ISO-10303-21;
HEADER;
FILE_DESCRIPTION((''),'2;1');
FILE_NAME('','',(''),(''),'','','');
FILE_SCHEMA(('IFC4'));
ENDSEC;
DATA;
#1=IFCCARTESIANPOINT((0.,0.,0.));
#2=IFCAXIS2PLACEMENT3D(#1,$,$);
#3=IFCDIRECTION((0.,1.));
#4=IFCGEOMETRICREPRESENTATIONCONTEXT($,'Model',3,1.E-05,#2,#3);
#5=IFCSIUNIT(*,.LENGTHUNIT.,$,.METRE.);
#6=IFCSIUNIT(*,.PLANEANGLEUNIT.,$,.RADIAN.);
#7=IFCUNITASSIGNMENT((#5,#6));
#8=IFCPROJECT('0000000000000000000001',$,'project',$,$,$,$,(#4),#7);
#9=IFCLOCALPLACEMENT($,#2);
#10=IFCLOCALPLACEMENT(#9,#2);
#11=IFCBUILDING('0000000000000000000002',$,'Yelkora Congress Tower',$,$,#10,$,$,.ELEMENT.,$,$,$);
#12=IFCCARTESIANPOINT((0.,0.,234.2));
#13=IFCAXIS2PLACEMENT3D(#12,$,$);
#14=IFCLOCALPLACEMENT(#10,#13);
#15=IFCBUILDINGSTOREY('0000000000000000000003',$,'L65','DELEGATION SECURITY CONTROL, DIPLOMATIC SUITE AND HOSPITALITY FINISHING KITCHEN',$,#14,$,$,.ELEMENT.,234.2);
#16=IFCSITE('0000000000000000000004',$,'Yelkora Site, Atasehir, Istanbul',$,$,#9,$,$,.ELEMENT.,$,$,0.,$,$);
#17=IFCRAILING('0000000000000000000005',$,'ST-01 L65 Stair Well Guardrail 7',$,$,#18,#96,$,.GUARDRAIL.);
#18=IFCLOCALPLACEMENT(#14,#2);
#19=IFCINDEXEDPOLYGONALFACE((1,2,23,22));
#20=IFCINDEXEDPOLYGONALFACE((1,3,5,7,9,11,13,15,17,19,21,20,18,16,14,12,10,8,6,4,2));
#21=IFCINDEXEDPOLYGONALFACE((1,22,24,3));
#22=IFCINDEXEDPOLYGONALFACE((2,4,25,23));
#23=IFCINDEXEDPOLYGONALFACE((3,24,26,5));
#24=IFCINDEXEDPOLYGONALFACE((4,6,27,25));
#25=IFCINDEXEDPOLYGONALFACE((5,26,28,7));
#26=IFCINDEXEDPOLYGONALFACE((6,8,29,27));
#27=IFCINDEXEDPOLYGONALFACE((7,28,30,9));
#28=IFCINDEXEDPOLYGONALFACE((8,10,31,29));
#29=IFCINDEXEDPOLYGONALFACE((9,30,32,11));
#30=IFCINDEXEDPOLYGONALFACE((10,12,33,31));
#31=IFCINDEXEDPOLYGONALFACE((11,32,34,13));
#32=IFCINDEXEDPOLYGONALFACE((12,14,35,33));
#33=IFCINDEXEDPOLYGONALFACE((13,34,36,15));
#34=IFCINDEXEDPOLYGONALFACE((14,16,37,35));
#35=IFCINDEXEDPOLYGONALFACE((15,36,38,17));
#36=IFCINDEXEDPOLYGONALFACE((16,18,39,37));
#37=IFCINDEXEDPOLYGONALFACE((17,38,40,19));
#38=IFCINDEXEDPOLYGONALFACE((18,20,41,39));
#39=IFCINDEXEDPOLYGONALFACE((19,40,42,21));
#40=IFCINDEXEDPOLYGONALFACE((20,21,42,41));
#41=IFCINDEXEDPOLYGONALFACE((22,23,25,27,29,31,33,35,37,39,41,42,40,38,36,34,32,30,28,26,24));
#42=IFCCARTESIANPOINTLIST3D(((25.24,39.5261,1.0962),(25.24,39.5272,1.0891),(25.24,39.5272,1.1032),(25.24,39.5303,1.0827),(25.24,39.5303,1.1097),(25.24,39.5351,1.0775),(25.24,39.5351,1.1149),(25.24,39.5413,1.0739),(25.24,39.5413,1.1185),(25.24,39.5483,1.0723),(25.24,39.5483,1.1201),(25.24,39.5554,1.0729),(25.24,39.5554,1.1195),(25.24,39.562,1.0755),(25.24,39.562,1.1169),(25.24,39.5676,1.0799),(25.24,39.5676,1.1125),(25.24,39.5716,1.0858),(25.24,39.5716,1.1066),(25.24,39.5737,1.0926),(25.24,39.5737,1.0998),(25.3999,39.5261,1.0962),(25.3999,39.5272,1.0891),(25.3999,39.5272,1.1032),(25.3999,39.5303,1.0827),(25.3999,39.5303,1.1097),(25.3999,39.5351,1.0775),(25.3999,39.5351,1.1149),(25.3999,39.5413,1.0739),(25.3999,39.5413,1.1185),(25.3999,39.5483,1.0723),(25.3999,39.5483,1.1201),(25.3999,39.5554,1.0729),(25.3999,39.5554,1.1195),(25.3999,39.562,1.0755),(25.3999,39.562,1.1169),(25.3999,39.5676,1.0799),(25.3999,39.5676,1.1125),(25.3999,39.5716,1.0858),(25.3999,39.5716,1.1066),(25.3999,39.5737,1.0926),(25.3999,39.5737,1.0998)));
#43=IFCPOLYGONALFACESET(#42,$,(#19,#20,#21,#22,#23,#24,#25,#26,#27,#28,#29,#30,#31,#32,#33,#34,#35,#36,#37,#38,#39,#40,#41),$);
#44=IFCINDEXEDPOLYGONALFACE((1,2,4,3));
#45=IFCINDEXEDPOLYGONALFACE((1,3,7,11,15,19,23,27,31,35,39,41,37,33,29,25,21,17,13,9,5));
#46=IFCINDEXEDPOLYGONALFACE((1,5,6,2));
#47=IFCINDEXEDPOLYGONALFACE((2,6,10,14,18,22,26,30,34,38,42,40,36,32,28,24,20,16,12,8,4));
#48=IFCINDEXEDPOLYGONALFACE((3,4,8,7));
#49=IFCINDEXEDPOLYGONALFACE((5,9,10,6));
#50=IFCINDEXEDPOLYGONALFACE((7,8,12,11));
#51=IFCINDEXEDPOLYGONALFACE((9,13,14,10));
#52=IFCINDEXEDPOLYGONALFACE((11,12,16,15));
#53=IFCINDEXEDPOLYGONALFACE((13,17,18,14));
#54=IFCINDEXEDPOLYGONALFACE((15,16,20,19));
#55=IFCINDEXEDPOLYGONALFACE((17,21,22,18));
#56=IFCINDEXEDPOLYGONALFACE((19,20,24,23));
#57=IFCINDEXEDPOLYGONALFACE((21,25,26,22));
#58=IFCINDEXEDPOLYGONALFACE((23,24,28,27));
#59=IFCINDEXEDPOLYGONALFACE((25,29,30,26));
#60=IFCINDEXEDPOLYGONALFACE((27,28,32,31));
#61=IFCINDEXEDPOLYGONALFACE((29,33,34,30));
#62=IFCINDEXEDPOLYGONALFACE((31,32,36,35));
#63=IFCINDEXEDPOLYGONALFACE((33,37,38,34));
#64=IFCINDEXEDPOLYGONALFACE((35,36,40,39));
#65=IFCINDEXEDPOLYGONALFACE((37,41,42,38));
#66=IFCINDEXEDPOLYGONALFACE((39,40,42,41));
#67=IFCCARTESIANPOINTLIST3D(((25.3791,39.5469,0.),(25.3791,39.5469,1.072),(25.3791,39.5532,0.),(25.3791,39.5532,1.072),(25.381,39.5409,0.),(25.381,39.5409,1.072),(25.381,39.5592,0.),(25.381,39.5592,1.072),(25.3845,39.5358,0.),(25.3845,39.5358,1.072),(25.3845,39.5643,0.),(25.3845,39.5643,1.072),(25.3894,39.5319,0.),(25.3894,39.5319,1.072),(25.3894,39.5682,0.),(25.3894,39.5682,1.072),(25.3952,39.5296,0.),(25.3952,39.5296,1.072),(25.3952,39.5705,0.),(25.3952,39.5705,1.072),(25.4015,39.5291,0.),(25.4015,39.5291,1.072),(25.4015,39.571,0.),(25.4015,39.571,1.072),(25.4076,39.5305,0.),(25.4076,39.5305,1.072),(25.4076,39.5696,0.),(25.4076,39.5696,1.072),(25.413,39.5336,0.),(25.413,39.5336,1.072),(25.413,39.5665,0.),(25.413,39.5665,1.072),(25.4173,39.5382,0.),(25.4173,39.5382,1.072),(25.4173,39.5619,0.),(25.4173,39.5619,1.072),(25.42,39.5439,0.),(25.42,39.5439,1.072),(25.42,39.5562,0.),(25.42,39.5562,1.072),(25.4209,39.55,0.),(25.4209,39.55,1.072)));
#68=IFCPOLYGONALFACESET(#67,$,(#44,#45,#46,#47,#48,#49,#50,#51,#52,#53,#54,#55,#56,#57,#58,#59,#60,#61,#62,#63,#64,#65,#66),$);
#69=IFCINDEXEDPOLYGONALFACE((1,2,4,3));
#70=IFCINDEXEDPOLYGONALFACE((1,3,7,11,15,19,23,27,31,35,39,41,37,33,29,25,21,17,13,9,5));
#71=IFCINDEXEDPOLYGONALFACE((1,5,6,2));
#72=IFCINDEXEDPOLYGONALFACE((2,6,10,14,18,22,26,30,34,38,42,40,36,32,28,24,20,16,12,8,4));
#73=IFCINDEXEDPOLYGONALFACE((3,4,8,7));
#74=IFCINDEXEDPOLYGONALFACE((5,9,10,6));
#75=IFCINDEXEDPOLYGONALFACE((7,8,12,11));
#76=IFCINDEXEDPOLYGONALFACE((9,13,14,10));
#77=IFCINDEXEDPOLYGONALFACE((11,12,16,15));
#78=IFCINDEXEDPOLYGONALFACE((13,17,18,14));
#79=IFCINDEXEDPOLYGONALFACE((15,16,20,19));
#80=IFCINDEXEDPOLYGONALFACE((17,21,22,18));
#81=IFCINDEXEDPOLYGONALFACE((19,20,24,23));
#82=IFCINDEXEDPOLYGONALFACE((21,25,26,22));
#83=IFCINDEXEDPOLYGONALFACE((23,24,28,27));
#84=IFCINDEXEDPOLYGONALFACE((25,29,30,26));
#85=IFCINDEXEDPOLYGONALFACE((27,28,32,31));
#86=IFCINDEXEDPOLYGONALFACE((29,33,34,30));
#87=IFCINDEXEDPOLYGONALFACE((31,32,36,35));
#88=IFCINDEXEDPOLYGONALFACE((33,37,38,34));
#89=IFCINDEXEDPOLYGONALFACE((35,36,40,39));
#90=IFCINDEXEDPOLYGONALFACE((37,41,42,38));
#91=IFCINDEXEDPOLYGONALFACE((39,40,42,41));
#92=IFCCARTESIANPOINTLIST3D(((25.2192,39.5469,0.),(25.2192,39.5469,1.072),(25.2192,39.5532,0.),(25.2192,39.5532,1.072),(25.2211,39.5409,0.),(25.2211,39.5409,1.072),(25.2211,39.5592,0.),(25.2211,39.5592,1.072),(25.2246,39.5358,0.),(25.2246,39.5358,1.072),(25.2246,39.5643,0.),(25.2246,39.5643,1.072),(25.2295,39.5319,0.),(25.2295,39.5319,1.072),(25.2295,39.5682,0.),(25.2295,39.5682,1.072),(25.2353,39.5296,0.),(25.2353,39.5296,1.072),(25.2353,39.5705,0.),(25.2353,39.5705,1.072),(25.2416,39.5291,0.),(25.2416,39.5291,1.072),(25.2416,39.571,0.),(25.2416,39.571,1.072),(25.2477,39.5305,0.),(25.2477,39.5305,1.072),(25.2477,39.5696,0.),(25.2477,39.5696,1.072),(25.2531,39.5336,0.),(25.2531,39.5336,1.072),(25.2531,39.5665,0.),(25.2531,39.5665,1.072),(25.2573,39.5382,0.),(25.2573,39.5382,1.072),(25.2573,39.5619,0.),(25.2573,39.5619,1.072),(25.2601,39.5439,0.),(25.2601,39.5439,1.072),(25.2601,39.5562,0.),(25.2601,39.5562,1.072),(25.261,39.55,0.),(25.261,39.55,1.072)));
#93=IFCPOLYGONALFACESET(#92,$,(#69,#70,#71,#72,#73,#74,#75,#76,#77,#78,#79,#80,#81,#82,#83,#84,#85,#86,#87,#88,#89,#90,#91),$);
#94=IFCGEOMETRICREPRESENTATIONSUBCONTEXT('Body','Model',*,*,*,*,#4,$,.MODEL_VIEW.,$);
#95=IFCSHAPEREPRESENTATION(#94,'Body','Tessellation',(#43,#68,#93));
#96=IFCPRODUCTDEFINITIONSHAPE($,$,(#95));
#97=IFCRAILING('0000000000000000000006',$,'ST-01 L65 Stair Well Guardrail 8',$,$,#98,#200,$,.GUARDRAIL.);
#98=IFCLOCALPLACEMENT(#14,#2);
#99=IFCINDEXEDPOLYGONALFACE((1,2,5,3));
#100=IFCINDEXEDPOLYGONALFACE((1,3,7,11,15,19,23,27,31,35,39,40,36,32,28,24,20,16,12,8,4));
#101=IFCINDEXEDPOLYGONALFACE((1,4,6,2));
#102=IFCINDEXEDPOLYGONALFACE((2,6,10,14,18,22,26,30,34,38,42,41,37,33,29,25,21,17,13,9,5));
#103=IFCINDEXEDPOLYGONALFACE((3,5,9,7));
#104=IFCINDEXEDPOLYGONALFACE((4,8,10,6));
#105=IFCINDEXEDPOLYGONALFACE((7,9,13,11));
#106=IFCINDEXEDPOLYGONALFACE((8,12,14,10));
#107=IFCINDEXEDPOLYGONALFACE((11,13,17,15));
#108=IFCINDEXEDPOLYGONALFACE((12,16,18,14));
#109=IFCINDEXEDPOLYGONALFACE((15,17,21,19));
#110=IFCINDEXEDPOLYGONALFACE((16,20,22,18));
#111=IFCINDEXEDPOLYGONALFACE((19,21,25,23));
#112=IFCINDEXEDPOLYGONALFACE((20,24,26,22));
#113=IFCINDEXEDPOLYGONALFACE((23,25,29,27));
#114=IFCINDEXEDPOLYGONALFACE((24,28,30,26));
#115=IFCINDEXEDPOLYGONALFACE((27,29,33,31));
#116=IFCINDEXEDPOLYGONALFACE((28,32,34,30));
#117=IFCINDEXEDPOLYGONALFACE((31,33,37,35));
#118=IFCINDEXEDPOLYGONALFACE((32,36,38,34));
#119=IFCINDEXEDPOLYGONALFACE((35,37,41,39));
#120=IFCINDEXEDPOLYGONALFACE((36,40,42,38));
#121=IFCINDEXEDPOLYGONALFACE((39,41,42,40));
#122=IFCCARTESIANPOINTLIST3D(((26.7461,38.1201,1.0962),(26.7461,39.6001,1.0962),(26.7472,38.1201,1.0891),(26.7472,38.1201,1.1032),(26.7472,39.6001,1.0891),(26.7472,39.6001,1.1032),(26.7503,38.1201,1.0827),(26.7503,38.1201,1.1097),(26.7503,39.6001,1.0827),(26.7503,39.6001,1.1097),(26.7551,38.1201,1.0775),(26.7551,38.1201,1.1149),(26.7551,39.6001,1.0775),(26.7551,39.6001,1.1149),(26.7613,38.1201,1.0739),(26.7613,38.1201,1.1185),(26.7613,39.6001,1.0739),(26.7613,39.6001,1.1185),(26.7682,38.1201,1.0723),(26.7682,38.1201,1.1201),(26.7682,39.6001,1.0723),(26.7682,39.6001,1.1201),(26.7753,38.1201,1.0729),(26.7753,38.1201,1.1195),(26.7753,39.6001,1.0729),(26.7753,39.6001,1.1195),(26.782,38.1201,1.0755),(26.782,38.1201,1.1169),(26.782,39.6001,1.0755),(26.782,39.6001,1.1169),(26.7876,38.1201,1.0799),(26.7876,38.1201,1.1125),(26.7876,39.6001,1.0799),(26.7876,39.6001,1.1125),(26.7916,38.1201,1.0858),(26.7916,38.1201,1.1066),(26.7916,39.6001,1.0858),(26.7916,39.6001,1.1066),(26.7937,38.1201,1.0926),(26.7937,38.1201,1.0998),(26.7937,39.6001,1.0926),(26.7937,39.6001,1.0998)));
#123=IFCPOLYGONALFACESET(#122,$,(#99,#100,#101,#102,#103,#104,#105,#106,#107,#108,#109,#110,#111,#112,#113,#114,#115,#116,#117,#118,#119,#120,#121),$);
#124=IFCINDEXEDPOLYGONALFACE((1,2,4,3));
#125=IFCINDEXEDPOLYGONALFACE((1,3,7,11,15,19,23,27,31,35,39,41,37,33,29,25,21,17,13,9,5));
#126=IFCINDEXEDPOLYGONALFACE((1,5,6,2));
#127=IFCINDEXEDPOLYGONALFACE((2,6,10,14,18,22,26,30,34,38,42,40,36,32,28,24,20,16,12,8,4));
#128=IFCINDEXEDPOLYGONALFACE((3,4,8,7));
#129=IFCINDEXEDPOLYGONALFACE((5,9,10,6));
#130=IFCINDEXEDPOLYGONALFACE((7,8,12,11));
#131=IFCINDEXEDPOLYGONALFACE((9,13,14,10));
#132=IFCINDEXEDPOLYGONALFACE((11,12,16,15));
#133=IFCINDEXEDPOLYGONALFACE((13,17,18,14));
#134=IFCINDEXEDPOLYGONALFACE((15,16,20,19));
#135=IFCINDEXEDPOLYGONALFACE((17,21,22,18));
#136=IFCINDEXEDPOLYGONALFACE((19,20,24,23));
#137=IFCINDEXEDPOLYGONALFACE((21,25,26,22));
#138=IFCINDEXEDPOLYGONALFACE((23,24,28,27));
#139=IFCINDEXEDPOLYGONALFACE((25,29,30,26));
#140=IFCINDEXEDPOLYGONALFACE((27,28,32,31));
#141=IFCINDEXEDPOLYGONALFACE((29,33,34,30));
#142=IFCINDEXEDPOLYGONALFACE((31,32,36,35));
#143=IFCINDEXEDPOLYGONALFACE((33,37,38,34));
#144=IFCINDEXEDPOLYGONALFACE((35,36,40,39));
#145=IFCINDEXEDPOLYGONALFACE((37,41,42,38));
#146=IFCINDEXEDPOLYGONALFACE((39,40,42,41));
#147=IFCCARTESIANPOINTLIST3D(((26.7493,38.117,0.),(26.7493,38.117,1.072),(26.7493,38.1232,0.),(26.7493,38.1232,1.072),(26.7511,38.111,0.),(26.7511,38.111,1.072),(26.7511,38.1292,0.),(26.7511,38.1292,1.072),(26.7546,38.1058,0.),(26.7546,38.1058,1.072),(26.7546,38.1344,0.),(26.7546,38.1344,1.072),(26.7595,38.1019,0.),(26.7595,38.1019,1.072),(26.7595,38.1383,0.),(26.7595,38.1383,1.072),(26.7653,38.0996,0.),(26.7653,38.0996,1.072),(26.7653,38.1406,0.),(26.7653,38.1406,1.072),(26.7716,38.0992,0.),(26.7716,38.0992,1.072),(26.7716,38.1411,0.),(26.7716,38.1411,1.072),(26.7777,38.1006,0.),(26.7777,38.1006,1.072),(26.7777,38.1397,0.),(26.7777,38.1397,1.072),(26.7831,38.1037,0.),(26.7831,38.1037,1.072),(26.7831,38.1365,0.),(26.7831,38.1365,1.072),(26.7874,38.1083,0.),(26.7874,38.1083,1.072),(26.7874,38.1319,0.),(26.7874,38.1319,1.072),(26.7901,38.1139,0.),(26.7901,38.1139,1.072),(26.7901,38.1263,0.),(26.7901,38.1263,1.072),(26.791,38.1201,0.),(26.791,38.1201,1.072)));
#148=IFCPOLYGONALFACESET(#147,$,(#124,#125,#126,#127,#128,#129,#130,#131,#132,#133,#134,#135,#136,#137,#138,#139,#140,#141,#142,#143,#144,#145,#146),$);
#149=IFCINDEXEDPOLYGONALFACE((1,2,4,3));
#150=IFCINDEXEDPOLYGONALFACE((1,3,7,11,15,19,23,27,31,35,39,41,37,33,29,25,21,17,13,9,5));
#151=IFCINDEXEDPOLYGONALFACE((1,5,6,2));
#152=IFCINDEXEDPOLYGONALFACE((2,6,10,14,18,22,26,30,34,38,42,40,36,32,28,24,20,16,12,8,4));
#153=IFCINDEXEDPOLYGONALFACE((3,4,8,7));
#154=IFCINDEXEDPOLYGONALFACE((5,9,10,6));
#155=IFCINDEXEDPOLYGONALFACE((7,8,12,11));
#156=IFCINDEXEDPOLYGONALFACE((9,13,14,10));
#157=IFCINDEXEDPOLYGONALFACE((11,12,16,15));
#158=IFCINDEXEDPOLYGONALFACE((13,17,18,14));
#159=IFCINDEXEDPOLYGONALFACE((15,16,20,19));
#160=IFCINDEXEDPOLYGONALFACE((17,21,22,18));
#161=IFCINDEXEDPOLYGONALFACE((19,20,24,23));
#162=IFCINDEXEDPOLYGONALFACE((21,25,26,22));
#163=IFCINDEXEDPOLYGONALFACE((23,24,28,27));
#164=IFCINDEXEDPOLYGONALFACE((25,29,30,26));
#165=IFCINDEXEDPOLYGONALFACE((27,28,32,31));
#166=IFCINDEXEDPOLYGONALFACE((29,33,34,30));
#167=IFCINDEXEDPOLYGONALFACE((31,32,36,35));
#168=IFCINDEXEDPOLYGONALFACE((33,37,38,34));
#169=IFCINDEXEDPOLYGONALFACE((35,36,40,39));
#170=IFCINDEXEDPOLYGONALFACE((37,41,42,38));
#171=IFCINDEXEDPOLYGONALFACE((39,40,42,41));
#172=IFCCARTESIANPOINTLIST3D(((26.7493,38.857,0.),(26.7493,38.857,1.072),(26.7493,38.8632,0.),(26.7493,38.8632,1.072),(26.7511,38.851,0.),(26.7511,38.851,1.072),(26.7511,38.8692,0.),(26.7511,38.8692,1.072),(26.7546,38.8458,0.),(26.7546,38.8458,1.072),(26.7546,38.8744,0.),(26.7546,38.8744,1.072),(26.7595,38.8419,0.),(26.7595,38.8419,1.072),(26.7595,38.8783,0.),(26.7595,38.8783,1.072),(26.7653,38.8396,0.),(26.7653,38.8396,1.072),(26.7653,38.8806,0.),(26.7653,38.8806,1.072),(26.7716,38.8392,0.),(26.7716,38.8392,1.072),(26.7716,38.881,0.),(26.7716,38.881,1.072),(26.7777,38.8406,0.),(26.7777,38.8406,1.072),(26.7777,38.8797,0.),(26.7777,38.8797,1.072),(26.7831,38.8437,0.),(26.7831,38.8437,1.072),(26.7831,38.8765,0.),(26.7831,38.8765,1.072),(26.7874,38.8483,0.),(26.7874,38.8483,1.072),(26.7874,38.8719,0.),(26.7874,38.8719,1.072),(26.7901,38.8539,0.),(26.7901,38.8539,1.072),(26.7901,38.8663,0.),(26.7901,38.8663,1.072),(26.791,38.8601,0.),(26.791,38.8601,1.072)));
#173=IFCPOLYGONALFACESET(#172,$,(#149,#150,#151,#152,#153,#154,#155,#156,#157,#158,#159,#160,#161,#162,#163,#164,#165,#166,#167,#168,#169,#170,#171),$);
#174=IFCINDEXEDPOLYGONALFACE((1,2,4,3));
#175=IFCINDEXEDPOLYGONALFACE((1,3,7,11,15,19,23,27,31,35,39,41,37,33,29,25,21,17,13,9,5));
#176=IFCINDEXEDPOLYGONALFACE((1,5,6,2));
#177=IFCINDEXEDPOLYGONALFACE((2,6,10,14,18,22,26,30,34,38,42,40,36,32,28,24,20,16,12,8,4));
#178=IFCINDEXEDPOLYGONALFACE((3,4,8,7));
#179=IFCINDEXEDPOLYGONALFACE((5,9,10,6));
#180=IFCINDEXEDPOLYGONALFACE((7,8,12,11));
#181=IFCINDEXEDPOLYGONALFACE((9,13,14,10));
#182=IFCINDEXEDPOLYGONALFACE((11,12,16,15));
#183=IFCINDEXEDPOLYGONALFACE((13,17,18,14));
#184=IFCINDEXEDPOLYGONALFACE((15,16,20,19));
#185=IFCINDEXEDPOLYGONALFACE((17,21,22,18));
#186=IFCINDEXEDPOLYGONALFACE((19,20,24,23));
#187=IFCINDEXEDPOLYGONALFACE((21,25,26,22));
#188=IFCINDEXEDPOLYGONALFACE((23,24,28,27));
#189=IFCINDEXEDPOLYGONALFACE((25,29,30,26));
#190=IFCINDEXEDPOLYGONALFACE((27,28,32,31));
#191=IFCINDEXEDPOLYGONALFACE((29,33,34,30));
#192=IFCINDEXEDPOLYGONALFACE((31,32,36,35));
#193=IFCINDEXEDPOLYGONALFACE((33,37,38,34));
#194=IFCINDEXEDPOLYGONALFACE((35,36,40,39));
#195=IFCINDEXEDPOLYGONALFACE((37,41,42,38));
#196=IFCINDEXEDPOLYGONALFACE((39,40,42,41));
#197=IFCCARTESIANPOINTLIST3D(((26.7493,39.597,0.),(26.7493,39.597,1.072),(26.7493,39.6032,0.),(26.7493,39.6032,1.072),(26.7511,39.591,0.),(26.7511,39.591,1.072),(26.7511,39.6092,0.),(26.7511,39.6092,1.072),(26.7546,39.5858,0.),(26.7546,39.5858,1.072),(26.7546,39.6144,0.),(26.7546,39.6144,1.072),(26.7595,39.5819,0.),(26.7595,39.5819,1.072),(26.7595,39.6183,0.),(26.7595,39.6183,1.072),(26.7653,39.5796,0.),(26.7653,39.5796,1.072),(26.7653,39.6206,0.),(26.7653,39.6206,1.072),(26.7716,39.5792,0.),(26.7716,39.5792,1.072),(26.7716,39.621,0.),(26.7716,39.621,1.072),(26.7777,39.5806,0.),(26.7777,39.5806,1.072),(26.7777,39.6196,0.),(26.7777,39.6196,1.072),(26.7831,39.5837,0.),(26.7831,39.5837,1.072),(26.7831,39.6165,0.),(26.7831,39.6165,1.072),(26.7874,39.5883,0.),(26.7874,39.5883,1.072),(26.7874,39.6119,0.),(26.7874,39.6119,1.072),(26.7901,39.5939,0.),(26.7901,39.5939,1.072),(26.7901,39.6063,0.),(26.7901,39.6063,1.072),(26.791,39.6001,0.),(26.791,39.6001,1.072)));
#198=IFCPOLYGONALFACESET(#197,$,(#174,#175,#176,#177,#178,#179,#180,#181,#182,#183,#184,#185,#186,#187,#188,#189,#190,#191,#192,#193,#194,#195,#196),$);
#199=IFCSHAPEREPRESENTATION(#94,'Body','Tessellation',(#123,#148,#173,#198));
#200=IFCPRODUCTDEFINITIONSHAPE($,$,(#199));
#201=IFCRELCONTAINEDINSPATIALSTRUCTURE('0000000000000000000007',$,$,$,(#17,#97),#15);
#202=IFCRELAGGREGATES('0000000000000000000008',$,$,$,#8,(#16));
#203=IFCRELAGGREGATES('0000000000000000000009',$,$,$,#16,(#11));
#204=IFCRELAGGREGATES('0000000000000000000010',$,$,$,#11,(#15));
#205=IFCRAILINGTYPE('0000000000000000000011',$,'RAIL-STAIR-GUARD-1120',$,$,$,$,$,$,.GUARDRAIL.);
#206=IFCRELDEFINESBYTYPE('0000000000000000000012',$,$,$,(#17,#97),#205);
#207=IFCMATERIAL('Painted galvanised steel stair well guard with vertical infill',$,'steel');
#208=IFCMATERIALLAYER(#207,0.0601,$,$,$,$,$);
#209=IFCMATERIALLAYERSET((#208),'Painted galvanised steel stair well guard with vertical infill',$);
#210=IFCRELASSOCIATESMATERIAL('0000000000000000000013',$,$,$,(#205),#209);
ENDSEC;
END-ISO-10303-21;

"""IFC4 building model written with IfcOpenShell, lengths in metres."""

from ifc_helpers import new_model, si_unit, direction, frame, origin, origin_2d, place, context, subcontext, project, spatial, circle, extrude, material, layer, layer_set, type_object, element, save


model = new_model("IFC4")

# Units and contexts
model_context = context("Model", 3, precision=1e-05, world=origin(), true_north=direction((0.0, 1.0)))
body_context = subcontext(model_context, "Body", "Model", "MODEL_VIEW")
ifc_project = project(units=[si_unit("LENGTHUNIT", "METRE"), si_unit("PLANEANGLEUNIT", "RADIAN")], contexts=[model_context])

# Site, building, storey
site_placement = place(None, origin())
site = spatial("IfcSite", under=ifc_project, at=site_placement, Name="Yelkora Site, Atasehir, Istanbul", CompositionType="ELEMENT", RefElevation=0.0)
building_placement = place(site_placement, origin())
building = spatial("IfcBuilding", under=site, at=building_placement, Name="Yelkora Congress Tower", CompositionType="ELEMENT")
storey_placement = place(building_placement, frame((0.0, 0.0, 234.2)))
storey = spatial("IfcBuildingStorey", under=building, at=storey_placement, Name="L65", Description="DELEGATION SECURITY CONTROL, DIPLOMATIC SUITE AND HOSPITALITY FINISHING KITCHEN", CompositionType="ELEMENT", Elevation=234.2)

# Railings
ifc_material_1 = material(Name="Painted galvanised steel stair well guard with vertical infill", Category="steel")
ifc_layer_1 = layer(ifc_material_1, 0.0601)
ifc_layer_set_1 = layer_set([ifc_layer_1], Name="Painted galvanised steel stair well guard with vertical infill")
railing_type_1 = type_object("IfcRailingType", Name="RAIL-STAIR-GUARD-1120", PredefinedType="GUARDRAIL", material=ifc_layer_set_1)
railing_1_placement = place(storey_placement, frame((25.3999, 39.55, 0.0)))
element("IfcRailing", 1, at=railing_1_placement, inside=storey, type_object=railing_type_1, Name="ST-01 L65 Stair Well Guardrail 7", PredefinedType="GUARDRAIL", context=body_context, shape_type="SweptSolid", body=[
    extrude(circle(Radius=0.0239, at=origin_2d()), frame((0.0, 0.0, 1.0962), z_axis=(-1.0, 0.0, 0.0), x_axis=(0.0, -1.0, 0.0)), (0.0, 0.0, 1.0), 0.1599),
    extrude(circle(Radius=0.021, at=origin_2d()), origin(), (0.0, 0.0, 1.0), 1.072),
    extrude(circle(Radius=0.021, at=origin_2d()), frame((-0.1599, 0.0, 0.0)), (0.0, 0.0, 1.0), 1.072),
])
railing_2_placement = place(storey_placement, frame((26.77, 38.1201, 0.0)))
element("IfcRailing", 2, at=railing_2_placement, inside=storey, type_object=railing_type_1, Name="ST-01 L65 Stair Well Guardrail 8", PredefinedType="GUARDRAIL", context=body_context, shape_type="SweptSolid", body=[
    extrude(circle(Radius=0.0239, at=origin_2d()), frame((0.0, 0.0, 1.0962), z_axis=(0.0, 1.0, 0.0), x_axis=(-1.0, 0.0, 0.0)), (0.0, 0.0, 1.0), 1.48),
    extrude(circle(Radius=0.021, at=origin_2d()), origin(), (0.0, 0.0, 1.0), 1.072),
    extrude(circle(Radius=0.021, at=origin_2d()), frame((0.0, 0.74, 0.0)), (0.0, 0.0, 1.0), 1.072),
    extrude(circle(Radius=0.021, at=origin_2d()), frame((0.0, 1.48, 0.0)), (0.0, 0.0, 1.0), 1.072),
])

save(model, "model.ifc")
